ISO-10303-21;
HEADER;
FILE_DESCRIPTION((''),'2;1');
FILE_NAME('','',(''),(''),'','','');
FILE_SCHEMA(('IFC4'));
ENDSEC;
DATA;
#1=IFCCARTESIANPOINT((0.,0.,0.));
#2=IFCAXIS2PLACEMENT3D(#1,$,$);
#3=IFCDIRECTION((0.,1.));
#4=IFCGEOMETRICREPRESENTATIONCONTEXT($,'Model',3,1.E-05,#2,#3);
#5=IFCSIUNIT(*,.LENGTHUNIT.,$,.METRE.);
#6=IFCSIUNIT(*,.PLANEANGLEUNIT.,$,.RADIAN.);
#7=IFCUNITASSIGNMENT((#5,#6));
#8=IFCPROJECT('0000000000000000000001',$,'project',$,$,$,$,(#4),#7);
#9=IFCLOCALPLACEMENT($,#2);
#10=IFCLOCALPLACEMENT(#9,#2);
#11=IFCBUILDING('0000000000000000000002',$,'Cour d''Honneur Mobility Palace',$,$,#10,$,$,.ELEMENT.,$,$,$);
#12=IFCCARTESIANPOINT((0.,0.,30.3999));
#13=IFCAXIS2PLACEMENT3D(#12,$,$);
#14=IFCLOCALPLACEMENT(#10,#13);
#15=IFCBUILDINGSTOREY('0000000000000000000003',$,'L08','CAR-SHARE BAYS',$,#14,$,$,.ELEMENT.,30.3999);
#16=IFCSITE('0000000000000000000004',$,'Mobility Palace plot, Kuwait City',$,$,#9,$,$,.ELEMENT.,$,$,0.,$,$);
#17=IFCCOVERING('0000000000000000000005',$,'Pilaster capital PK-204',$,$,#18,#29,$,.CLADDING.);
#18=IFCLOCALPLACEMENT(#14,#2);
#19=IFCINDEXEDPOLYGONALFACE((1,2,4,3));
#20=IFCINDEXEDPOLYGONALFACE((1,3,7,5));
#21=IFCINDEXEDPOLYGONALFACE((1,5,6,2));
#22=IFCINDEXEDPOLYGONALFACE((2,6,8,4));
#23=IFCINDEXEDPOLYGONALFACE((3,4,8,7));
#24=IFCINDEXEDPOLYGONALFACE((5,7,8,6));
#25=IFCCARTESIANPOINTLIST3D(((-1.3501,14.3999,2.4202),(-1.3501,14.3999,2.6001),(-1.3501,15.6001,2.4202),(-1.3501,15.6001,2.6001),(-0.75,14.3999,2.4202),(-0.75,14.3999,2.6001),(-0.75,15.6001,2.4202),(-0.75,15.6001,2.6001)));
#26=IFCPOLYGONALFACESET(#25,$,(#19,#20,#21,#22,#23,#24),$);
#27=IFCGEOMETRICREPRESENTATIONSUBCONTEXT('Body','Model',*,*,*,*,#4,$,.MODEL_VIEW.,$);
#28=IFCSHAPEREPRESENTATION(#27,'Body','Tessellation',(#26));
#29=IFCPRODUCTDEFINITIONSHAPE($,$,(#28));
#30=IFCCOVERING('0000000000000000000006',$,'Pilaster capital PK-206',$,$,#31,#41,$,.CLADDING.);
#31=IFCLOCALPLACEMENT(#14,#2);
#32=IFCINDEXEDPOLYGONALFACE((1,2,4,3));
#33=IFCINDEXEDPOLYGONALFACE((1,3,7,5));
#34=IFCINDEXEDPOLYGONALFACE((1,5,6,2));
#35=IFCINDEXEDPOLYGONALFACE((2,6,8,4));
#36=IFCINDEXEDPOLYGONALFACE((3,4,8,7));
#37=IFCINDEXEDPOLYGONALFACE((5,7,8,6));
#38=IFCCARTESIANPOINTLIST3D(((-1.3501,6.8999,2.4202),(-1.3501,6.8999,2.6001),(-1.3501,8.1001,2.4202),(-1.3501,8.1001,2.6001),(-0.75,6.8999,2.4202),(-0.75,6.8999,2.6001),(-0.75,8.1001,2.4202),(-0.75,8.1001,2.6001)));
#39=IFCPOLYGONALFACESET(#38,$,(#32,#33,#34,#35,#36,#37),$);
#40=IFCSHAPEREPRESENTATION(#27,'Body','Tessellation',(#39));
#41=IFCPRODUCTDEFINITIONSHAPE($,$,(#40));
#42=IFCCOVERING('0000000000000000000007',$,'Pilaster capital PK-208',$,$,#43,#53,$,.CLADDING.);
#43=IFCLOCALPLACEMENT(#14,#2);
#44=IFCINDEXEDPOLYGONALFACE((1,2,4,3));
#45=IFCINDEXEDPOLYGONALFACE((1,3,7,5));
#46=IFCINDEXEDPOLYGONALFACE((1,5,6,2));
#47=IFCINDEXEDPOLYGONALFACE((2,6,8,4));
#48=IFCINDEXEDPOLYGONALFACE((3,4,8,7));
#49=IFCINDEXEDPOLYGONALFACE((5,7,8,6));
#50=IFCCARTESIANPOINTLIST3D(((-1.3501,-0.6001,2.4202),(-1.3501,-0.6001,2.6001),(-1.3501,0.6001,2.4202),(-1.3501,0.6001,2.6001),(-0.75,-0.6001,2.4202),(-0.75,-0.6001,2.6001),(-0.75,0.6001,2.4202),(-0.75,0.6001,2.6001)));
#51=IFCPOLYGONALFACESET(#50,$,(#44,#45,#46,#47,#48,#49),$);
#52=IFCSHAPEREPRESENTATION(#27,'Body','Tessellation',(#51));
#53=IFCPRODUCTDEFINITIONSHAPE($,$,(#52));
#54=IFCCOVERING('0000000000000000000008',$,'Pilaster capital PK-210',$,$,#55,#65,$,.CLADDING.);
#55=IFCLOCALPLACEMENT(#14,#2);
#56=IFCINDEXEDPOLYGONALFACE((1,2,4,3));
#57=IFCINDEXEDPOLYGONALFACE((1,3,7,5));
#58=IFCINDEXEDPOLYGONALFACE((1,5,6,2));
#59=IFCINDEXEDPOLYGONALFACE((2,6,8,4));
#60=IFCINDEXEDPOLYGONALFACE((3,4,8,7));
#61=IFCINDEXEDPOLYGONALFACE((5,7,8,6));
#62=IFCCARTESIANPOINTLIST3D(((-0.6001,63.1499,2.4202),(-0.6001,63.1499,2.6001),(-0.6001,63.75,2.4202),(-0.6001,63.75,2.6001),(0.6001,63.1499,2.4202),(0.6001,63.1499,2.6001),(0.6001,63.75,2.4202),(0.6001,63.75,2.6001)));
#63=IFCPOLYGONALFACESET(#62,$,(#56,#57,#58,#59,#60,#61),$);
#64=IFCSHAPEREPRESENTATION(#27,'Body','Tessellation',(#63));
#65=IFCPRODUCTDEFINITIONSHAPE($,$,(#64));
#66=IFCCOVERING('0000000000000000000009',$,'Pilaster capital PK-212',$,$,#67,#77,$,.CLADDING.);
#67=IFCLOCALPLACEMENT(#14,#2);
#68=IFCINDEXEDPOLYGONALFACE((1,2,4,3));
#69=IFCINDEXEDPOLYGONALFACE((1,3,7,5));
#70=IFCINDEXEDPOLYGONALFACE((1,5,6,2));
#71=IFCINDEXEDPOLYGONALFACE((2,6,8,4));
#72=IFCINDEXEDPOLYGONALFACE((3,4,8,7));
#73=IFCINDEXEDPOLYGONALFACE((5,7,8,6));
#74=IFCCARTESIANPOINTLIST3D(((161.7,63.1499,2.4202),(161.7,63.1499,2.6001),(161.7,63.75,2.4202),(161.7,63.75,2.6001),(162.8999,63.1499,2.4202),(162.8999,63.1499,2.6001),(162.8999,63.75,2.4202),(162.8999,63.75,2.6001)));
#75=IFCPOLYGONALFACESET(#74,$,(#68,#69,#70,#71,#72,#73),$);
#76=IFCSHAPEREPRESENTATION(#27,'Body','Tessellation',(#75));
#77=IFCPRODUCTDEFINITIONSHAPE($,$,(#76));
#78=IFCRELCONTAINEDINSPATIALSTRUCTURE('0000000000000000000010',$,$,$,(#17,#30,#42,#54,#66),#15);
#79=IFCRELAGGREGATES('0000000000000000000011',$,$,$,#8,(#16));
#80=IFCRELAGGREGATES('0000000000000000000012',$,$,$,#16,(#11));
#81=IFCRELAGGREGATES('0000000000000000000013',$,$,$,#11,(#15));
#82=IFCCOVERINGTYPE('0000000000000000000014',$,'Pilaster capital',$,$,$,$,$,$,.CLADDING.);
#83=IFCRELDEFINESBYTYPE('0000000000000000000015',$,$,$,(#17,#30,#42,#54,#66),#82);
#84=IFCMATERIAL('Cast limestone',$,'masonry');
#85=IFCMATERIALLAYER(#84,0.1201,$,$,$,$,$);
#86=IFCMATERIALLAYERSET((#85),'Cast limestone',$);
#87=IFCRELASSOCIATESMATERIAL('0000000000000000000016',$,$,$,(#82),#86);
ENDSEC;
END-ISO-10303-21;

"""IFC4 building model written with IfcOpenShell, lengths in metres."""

from ifc_helpers import new_model, si_unit, direction, frame, origin, place, context, subcontext, project, spatial, polyline, outline, extrude, material, layer, layer_set, type_object, element, save


model = new_model("IFC4")

# Units and contexts
model_context = context("Model", 3, precision=1e-05, world=origin(), true_north=direction((0.0, 1.0)))
body_context = subcontext(model_context, "Body", "Model", "MODEL_VIEW")
ifc_project = project(units=[si_unit("LENGTHUNIT", "METRE"), si_unit("PLANEANGLEUNIT", "RADIAN")], contexts=[model_context])

# Site, building, storey
site_placement = place(None, origin())
site = spatial("IfcSite", under=ifc_project, at=site_placement, Name="Mobility Palace plot, Kuwait City", CompositionType="ELEMENT", RefElevation=0.0)
building_placement = place(site_placement, origin())
building = spatial("IfcBuilding", under=site, at=building_placement, Name="Cour d'Honneur Mobility Palace", CompositionType="ELEMENT")
storey_placement = place(building_placement, frame((0.0, 0.0, 30.3999)))
storey = spatial("IfcBuildingStorey", under=building, at=storey_placement, Name="L08", Description="CAR-SHARE BAYS", CompositionType="ELEMENT", Elevation=30.3999)

# Coverings
ifc_material_1 = material(Name="Cast limestone", Category="masonry")
ifc_layer_1 = layer(ifc_material_1, 0.1201)
ifc_layer_set_1 = layer_set([ifc_layer_1], Name="Cast limestone")
covering_type_1 = type_object("IfcCoveringType", Name="Pilaster capital", PredefinedType="CLADDING", material=ifc_layer_set_1)
covering_1_placement = place(storey_placement, frame((0.0, 0.0, 2.4202)))
element("IfcCovering", 1, at=covering_1_placement, inside=storey, type_object=covering_type_1, Name="Pilaster capital PK-204", PredefinedType="CLADDING", context=body_context, shape_type="SweptSolid", body=[
    extrude(outline(polyline([(-0.75, 15.6001), (-0.75, 14.3999), (-1.3501, 14.3999), (-1.3501, 15.6001), (-0.75, 15.6001)])), origin(), (0.0, 0.0, 1.0), 0.1799),
])
covering_2_placement = place(storey_placement, frame((0.0, 0.0, 2.4202)))
element("IfcCovering", 2, at=covering_2_placement, inside=storey, type_object=covering_type_1, Name="Pilaster capital PK-206", PredefinedType="CLADDING", context=body_context, shape_type="SweptSolid", body=[
    extrude(outline(polyline([(-0.75, 8.1001), (-0.75, 6.8999), (-1.3501, 6.8999), (-1.3501, 8.1001), (-0.75, 8.1001)])), origin(), (0.0, 0.0, 1.0), 0.1799),
])
covering_3_placement = place(storey_placement, frame((0.0, 0.0, 2.4202)))
element("IfcCovering", 3, at=covering_3_placement, inside=storey, type_object=covering_type_1, Name="Pilaster capital PK-208", PredefinedType="CLADDING", context=body_context, shape_type="SweptSolid", body=[
    extrude(outline(polyline([(-0.75, 0.6001), (-0.75, -0.6001), (-1.3501, -0.6001), (-1.3501, 0.6001), (-0.75, 0.6001)])), origin(), (0.0, 0.0, 1.0), 0.1799),
])
covering_4_placement = place(storey_placement, frame((0.0, 0.0, 2.4202)))
element("IfcCovering", 4, at=covering_4_placement, inside=storey, type_object=covering_type_1, Name="Pilaster capital PK-210", PredefinedType="CLADDING", context=body_context, shape_type="SweptSolid", body=[
    extrude(outline(polyline([(0.6001, 63.1499), (-0.6001, 63.1499), (-0.6001, 63.75), (0.6001, 63.75), (0.6001, 63.1499)])), origin(), (0.0, 0.0, 1.0), 0.1799),
])
covering_5_placement = place(storey_placement, frame((0.0, 0.0, 2.4202)))
element("IfcCovering", 5, at=covering_5_placement, inside=storey, type_object=covering_type_1, Name="Pilaster capital PK-212", PredefinedType="CLADDING", context=body_context, shape_type="SweptSolid", body=[
    extrude(outline(polyline([(162.8999, 63.1499), (161.7, 63.1499), (161.7, 63.75), (162.8999, 63.75), (162.8999, 63.1499)])), origin(), (0.0, 0.0, 1.0), 0.1799),
])

save(model, "model.ifc")
